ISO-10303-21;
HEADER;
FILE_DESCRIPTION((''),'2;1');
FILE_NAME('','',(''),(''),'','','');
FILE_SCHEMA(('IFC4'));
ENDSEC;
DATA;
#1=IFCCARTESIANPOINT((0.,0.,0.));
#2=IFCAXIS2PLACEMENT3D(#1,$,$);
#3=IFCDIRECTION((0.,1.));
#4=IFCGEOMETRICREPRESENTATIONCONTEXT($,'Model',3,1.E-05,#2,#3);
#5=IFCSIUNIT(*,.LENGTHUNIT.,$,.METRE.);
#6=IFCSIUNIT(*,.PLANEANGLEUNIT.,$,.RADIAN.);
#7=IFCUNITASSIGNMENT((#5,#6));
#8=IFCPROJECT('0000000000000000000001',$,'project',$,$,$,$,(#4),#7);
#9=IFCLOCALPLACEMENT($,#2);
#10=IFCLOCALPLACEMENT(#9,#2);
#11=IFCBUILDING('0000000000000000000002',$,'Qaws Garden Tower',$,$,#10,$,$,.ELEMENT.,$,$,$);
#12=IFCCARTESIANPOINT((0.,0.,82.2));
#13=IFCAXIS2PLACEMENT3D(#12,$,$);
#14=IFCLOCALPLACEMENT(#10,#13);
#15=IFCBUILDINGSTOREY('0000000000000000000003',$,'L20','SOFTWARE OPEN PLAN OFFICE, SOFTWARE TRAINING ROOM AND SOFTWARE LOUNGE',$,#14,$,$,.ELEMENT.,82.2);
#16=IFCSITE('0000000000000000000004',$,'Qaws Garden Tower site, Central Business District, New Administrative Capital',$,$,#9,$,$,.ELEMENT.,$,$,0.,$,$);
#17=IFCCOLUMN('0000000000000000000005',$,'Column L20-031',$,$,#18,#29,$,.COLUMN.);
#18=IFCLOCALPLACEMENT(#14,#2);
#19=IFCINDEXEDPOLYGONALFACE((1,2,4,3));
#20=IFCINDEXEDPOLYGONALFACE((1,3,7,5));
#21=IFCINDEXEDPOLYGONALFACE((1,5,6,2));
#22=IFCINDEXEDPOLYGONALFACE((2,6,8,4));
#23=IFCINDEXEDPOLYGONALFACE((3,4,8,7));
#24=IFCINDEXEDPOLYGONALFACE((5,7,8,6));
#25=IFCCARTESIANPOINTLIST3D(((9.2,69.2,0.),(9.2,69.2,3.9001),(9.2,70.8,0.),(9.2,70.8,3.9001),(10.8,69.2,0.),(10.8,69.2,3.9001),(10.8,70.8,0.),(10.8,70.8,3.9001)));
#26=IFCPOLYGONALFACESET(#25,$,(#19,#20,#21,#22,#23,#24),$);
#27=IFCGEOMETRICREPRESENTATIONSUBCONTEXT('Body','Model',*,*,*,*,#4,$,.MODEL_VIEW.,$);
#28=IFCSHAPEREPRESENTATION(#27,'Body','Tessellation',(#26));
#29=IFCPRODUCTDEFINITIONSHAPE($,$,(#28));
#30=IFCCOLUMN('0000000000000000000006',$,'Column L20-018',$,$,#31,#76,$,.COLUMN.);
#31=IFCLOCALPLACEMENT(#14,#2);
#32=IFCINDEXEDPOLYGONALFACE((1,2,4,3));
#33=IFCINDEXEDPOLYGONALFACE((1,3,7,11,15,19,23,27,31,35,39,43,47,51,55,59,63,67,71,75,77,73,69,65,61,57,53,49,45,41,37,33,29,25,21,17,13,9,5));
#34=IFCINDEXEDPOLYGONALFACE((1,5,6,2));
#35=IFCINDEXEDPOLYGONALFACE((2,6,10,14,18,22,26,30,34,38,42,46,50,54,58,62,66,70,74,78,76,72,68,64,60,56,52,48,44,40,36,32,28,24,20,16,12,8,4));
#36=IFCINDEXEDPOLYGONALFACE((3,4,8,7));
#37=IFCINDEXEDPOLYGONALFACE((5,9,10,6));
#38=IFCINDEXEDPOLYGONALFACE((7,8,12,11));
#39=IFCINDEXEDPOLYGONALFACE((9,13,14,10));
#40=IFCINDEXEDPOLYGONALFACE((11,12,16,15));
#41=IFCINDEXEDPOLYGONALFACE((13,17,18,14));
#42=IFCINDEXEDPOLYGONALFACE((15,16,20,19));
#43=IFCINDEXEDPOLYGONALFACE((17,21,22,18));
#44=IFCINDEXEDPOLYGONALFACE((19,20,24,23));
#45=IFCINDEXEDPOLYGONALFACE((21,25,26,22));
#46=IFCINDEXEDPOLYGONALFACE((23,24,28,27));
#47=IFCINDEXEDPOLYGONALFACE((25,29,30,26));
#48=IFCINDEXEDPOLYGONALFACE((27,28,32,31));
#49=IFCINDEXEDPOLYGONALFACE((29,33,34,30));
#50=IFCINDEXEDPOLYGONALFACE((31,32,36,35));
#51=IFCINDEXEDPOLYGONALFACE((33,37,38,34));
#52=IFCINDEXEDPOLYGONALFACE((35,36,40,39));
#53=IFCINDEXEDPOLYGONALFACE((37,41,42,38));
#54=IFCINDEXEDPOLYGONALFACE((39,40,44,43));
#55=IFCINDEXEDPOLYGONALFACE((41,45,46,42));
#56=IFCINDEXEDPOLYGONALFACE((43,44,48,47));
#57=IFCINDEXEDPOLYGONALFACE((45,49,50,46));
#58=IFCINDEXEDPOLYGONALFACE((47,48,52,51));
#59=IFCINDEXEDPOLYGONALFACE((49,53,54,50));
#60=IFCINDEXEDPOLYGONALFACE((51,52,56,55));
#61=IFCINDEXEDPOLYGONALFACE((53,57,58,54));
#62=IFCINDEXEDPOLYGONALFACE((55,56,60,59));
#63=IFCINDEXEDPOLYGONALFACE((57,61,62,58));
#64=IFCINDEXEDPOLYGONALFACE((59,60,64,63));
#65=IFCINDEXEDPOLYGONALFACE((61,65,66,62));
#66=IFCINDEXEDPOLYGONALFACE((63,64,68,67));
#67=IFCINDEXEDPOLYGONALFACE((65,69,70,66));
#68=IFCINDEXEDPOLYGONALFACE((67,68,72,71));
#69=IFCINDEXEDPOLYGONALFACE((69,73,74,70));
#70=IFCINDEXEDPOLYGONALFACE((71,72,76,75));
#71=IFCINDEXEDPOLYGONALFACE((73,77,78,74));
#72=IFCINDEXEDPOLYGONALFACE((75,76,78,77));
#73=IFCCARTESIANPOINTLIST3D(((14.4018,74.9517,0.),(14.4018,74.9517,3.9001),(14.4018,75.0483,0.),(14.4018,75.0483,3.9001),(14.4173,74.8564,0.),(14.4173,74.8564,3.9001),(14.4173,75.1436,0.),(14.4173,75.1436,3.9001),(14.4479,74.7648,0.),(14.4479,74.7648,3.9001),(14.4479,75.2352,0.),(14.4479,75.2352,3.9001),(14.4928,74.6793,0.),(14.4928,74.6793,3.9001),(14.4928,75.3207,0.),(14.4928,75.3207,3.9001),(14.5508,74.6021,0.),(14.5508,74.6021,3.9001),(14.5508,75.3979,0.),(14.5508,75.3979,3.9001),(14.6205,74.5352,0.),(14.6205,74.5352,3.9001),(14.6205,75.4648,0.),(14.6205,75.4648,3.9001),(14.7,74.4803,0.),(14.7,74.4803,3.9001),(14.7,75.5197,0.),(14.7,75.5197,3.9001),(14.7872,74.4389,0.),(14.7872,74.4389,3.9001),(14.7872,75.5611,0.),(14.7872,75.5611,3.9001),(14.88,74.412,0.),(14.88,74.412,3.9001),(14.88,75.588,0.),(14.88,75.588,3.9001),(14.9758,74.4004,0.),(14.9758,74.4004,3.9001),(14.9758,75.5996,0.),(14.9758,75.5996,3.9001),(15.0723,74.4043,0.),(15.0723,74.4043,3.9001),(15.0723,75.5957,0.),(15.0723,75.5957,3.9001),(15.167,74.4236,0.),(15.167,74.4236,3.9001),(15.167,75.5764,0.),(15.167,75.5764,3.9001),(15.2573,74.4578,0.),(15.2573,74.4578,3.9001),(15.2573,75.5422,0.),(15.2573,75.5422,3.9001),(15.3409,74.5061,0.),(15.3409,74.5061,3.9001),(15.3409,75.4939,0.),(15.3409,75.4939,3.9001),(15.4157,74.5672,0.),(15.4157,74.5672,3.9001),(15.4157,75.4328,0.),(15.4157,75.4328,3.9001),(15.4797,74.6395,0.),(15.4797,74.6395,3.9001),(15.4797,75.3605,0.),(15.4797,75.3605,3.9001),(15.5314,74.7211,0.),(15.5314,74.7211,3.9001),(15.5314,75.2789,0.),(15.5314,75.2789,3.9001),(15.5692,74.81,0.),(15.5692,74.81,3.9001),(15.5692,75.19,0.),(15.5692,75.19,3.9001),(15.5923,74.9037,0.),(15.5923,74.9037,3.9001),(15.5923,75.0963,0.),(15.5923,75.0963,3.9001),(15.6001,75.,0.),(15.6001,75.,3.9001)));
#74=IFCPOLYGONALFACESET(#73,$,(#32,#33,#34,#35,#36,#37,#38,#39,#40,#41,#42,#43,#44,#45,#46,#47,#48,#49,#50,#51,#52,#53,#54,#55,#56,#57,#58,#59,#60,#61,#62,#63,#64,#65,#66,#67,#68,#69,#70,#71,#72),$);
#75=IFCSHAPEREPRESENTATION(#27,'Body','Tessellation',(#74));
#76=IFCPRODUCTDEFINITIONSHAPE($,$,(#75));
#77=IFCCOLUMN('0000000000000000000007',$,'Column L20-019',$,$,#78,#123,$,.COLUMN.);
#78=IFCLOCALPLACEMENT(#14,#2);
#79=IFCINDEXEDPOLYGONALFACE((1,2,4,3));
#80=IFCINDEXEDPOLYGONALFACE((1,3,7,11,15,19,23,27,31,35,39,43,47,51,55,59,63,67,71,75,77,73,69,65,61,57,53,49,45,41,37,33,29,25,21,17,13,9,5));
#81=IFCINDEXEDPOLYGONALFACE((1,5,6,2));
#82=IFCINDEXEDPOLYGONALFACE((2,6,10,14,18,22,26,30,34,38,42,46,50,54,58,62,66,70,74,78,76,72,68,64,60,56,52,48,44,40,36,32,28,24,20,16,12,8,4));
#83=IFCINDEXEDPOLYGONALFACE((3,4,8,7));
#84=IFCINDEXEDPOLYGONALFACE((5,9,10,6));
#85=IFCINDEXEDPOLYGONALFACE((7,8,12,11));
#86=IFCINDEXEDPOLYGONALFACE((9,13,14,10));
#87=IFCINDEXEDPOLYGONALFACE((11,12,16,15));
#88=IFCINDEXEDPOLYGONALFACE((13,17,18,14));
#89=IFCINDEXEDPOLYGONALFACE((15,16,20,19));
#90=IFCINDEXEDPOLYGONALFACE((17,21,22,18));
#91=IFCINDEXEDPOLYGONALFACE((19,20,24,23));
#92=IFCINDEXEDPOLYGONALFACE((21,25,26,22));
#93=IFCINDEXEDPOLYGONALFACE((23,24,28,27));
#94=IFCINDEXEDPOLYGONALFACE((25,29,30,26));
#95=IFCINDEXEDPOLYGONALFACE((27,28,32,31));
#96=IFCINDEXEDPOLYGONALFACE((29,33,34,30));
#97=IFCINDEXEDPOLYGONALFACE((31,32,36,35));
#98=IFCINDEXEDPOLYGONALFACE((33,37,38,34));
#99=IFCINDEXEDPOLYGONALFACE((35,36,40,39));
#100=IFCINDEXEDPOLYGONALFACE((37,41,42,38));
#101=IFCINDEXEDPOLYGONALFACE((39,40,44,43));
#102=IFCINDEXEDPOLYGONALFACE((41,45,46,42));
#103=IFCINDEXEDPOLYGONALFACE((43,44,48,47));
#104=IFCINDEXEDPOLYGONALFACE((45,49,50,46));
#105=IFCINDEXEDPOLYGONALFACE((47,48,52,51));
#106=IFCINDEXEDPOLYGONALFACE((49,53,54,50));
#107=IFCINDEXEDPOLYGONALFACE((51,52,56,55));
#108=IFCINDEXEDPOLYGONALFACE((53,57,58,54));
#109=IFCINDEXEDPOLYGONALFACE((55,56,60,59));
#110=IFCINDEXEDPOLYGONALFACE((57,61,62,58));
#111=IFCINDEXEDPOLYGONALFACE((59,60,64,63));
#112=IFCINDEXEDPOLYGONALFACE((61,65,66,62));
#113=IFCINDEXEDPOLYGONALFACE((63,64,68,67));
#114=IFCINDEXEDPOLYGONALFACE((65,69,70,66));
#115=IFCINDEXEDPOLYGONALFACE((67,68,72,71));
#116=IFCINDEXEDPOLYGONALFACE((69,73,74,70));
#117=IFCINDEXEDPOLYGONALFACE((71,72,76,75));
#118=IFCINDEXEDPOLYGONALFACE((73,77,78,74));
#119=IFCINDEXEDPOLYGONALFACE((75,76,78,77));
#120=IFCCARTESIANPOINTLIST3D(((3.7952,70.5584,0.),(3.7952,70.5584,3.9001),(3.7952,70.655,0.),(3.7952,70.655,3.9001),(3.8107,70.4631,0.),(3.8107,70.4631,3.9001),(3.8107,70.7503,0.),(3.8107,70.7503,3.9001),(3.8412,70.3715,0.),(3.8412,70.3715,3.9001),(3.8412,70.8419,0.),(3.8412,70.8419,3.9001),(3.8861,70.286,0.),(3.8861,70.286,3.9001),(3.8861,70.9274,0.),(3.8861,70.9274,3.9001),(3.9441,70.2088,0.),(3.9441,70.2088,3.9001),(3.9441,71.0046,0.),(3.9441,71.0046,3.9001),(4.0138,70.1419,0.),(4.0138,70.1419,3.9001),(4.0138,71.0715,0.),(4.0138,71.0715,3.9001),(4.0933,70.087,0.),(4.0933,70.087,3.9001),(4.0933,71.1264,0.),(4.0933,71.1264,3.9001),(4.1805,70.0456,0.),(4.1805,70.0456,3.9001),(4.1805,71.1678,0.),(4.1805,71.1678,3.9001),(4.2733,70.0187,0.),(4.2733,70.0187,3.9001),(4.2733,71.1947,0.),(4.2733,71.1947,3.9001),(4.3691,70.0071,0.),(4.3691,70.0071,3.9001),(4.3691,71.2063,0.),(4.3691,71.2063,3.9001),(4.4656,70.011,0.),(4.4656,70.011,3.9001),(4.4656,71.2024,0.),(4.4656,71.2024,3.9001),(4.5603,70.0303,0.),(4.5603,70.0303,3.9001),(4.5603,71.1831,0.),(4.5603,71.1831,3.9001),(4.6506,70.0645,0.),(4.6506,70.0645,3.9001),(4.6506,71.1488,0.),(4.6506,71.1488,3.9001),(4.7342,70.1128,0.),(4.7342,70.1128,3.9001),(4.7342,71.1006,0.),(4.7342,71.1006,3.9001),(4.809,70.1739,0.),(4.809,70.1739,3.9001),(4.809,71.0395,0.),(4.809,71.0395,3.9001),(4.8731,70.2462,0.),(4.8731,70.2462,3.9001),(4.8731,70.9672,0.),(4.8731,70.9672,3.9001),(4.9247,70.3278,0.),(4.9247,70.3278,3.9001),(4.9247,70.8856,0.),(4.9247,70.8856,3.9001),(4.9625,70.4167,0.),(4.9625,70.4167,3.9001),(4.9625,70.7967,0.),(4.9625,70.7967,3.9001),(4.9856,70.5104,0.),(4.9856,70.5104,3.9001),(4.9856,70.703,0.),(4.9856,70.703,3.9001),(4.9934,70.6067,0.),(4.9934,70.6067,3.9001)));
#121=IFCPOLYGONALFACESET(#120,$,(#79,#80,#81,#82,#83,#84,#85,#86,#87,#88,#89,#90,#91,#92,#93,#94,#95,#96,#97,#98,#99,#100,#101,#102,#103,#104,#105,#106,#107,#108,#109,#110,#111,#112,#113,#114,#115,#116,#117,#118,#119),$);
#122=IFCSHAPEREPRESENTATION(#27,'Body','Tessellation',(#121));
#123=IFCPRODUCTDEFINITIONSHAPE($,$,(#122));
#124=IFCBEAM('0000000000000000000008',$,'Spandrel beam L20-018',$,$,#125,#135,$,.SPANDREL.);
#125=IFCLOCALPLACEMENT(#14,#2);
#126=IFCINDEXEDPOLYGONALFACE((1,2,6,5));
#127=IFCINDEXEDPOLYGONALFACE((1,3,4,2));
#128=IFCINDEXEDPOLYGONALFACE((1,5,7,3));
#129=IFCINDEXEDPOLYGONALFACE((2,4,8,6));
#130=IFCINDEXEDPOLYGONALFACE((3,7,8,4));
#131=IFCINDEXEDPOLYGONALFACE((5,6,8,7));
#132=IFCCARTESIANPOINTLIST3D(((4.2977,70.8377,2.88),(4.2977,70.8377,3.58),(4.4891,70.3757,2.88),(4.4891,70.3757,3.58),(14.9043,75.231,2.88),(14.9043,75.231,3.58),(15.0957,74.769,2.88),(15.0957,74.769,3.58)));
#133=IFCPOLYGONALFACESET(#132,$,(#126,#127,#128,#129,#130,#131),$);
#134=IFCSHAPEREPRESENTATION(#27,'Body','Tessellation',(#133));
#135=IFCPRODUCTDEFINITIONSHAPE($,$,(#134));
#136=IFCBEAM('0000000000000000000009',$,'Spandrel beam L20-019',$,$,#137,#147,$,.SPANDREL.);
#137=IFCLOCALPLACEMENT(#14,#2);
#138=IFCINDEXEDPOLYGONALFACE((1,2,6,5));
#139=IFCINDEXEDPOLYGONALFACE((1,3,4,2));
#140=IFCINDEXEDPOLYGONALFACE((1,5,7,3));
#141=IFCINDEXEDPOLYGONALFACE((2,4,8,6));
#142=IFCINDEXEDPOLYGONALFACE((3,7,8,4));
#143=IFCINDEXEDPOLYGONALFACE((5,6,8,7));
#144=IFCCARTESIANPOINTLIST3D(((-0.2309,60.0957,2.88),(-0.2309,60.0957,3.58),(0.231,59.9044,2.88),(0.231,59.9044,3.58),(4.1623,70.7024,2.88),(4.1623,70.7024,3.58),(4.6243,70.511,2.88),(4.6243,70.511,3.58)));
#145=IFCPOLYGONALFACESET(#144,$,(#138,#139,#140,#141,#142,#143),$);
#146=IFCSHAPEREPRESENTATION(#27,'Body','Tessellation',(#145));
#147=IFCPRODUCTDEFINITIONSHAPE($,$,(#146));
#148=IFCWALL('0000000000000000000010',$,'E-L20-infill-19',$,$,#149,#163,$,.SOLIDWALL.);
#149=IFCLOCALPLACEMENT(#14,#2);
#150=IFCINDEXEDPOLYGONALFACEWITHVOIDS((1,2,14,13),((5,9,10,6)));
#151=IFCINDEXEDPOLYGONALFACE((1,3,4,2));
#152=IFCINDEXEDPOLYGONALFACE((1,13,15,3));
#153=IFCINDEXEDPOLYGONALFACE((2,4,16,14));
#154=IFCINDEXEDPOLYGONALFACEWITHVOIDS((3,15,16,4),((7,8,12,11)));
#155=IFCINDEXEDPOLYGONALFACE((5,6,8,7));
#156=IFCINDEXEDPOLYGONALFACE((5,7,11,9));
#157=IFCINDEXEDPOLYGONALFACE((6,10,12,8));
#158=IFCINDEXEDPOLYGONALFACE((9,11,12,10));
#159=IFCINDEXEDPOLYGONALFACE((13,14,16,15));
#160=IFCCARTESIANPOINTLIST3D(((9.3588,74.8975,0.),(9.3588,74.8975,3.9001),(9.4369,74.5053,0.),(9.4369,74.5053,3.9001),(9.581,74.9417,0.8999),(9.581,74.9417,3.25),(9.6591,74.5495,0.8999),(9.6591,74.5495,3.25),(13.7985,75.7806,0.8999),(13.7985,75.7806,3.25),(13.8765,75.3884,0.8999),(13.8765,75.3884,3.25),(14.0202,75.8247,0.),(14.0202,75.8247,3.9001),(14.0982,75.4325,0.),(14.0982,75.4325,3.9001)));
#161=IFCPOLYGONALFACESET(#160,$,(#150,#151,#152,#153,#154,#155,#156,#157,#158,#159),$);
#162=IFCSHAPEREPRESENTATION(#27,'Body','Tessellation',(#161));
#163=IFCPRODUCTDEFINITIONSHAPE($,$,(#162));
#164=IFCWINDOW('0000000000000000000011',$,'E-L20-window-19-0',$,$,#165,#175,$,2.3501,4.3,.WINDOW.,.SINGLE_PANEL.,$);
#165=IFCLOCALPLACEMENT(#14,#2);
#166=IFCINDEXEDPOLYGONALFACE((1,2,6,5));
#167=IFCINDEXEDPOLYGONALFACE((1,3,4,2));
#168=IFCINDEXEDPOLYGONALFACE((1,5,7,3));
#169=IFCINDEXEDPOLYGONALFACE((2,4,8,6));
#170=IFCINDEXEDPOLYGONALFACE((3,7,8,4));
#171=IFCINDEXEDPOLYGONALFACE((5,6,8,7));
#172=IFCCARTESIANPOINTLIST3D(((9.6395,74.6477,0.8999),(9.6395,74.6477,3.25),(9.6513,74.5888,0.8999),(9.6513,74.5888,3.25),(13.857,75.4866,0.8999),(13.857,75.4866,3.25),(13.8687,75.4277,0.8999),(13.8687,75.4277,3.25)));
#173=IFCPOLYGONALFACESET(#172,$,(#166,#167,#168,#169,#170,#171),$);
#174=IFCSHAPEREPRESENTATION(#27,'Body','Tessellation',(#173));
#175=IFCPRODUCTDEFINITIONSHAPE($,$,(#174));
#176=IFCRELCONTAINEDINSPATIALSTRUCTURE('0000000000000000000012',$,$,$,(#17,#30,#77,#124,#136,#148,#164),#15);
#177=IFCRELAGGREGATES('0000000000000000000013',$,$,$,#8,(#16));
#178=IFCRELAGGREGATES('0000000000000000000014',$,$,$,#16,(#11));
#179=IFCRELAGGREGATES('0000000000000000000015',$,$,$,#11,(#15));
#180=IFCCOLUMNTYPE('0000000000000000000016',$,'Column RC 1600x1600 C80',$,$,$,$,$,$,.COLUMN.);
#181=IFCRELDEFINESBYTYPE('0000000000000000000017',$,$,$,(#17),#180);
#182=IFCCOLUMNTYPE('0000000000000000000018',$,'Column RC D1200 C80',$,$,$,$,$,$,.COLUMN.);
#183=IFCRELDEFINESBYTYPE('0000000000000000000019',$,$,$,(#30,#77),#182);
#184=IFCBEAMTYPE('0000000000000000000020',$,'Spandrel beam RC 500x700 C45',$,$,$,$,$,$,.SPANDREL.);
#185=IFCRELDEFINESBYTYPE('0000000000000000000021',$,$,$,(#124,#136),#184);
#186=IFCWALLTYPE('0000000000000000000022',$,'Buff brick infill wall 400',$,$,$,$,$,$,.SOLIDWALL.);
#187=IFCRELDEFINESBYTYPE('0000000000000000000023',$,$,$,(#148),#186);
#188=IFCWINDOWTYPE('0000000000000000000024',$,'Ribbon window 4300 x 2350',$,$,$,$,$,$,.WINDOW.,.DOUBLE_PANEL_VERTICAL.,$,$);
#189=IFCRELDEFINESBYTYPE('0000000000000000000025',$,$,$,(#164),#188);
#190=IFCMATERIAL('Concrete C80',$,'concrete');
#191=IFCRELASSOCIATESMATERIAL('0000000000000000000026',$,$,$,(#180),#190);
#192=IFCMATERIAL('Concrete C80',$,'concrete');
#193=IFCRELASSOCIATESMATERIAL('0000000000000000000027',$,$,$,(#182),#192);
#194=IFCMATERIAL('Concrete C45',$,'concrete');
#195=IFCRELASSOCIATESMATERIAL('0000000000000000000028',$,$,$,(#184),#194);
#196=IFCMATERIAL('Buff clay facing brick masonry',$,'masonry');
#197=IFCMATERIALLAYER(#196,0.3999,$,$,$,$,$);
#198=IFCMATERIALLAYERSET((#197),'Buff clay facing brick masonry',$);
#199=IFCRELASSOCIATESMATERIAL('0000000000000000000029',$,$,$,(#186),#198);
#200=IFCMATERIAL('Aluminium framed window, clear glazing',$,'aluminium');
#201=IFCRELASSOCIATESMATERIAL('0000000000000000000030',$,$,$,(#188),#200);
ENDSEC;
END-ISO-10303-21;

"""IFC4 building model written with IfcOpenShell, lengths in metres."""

from ifc_helpers import new_model, si_unit, direction, frame, frame_2d, origin, origin_2d, place, context, subcontext, project, spatial, rectangle, circle, extrude, material, layer, layer_set, material_profile, profile_set, type_object, element, fill, save


model = new_model("IFC4")

# Units and contexts
model_context = context("Model", 3, precision=1e-05, world=origin(), true_north=direction((0.0, 1.0)))
body_context = subcontext(model_context, "Body", "Model", "MODEL_VIEW")
ifc_project = project(units=[si_unit("LENGTHUNIT", "METRE"), si_unit("PLANEANGLEUNIT", "RADIAN")], contexts=[model_context])

# Site, building, storey
site_placement = place(None, origin())
site = spatial("IfcSite", under=ifc_project, at=site_placement, Name="Qaws Garden Tower site, Central Business District, New Administrative Capital", CompositionType="ELEMENT", RefElevation=0.0)
building_placement = place(site_placement, origin())
building = spatial("IfcBuilding", under=site, at=building_placement, Name="Qaws Garden Tower", CompositionType="ELEMENT")
storey_placement = place(building_placement, frame((0.0, 0.0, 82.2)))
storey = spatial("IfcBuildingStorey", under=building, at=storey_placement, Name="L20", Description="SOFTWARE OPEN PLAN OFFICE, SOFTWARE TRAINING ROOM AND SOFTWARE LOUNGE", CompositionType="ELEMENT", Elevation=82.2)

# Columns
ifc_material_1 = material(Name="Concrete C80", Category="concrete")
ifc_material_profile_1 = material_profile(ifc_material_1, rectangle(XDim=1.6001, YDim=1.6001, at=origin_2d()), Name="RC 1600x1600")
ifc_profile_set_1 = profile_set([ifc_material_profile_1], Name="Concrete C80")
column_type_1 = type_object("IfcColumnType", Name="Column RC 1600x1600 C80", PredefinedType="COLUMN", material=ifc_profile_set_1)
column_placement = place(storey_placement, frame((10.0, 70.0, 0.0), z_axis=(0.0, 0.0, 1.0), x_axis=(1.0, 0.0, 0.0)))
element("IfcColumn", 1, at=column_placement, inside=storey, type_object=column_type_1, Name="Column L20-031", PredefinedType="COLUMN", context=body_context, shape_type="SweptSolid", body=[
    extrude(rectangle(XDim=1.6001, YDim=1.6001, at=origin_2d()), origin(), (0.0, 0.0, 1.0), 3.9001),
])
ifc_material_2 = material(Name="Concrete C80", Category="concrete")
ifc_material_profile_2 = material_profile(ifc_material_2, circle(Radius=0.6001, at=origin_2d()), Name="RC D1200")
ifc_profile_set_2 = profile_set([ifc_material_profile_2], Name="Concrete C80")
column_type_2 = type_object("IfcColumnType", Name="Column RC D1200 C80", PredefinedType="COLUMN", material=ifc_profile_set_2)
for number, where, z_axis, x_axis, name in (
    (2, (15.0, 75.0, 0.0), (0.0, 0.0, 1.0), (1.0, 0.0, 0.0), "Column L20-018"),
    (3, (4.3933, 70.6067, 0.0), (0.0, 0.0, 1.0), (1.0, 0.0, 0.0), "Column L20-019"),
):
    element("IfcColumn", number, at=place(storey_placement, frame(where, z_axis=z_axis, x_axis=x_axis)), inside=storey, type_object=column_type_2, Name=name, PredefinedType="COLUMN", context=body_context, shape_type="SweptSolid", body=[
        extrude(circle(Radius=0.6001, at=origin_2d()), origin(), (0.0, 0.0, 1.0), 3.9001),
    ])

# Beams
ifc_material_3 = material(Name="Concrete C45", Category="concrete")
ifc_material_profile_3 = material_profile(ifc_material_3, rectangle(XDim=0.5, YDim=0.7, at=origin_2d()), Name="RC 500x700")
ifc_profile_set_3 = profile_set([ifc_material_profile_3], Name="Concrete C45")
beam_type = type_object("IfcBeamType", Name="Spandrel beam RC 500x700 C45", PredefinedType="SPANDREL", material=ifc_profile_set_3)
for number, where, z_axis, x_axis, name in (
    (4, (15.0, 75.0, 3.23), (-0.923883, -0.382674, 0.0), (0.382674, -0.923883, 0.0), "Spandrel beam L20-018"),
    (5, (4.3933, 70.6067, 3.23), (-0.382674, -0.923883, 0.0), (0.923883, -0.382674, 0.0), "Spandrel beam L20-019"),
):
    element("IfcBeam", number, at=place(storey_placement, frame(where, z_axis=z_axis, x_axis=x_axis)), inside=storey, type_object=beam_type, Name=name, PredefinedType="SPANDREL", context=body_context, shape_type="SweptSolid", body=[
        extrude(rectangle(XDim=0.5, YDim=0.7, at=origin_2d()), origin(), (0.0, 0.0, 1.0), 11.4805),
    ])

# Wall, opening, window
ifc_material_4 = material(Name="Buff clay facing brick masonry", Category="masonry")
ifc_layer_1 = layer(ifc_material_4, 0.3999)
ifc_layer_set_1 = layer_set([ifc_layer_1], Name="Buff clay facing brick masonry")
wall_type_1 = type_object("IfcWallType", Name="Buff brick infill wall 400", PredefinedType="SOLIDWALL", material=ifc_layer_set_1)
wall_1_placement = place(storey_placement, frame((14.0593, 75.6287, 0.0), z_axis=(0.0, 0.0, 1.0), x_axis=(-0.980784, -0.195099, 0.0)))
wall_1 = element("IfcWall", 6, at=wall_1_placement, inside=storey, type_object=wall_type_1, Name="E-L20-infill-19", PredefinedType="SOLIDWALL", context=body_context, shape_type="SweptSolid", body=[
    extrude(rectangle(XDim=4.7527, YDim=0.3999, at=frame_2d((2.3765, 0.0))), origin(), (0.0, 0.0, 1.0), 3.9001),
])
opening_1_placement = place(wall_1_placement, frame((0.2263, 0.0, 0.8999)))
opening_1 = element("IfcOpeningElement", 7, at=opening_1_placement, cuts=wall_1, PredefinedType="OPENING", context=body_context, shape_type="SweptSolid", body=[
    extrude(rectangle(XDim=4.3, YDim=2.3501, at=frame_2d((2.1499, 1.175))), frame((0.0, 0.21, 0.0), z_axis=(0.0, -1.0, 0.0), x_axis=(1.0, 0.0, 0.0)), (0.0, 0.0, 1.0), 0.4199),
])
ifc_material_5 = material(Name="Aluminium framed window, clear glazing", Category="aluminium")
window_type = type_object("IfcWindowType", Name="Ribbon window 4300 x 2350", PartitioningType="DOUBLE_PANEL_VERTICAL", PredefinedType="WINDOW", material=ifc_material_5)
window_1_placement = place(opening_1_placement, origin())
window_1 = element("IfcWindow", 8, at=window_1_placement, inside=storey, type_object=window_type, Name="E-L20-window-19-0", OverallHeight=2.3501, OverallWidth=4.3, PartitioningType="SINGLE_PANEL", PredefinedType="WINDOW", context=body_context, shape_type="SweptSolid", body=[
    extrude(rectangle(XDim=4.3, YDim=2.3501, at=frame_2d((2.1499, 1.175))), frame((0.0, 0.1599, 0.0), z_axis=(0.0, -1.0, 0.0), x_axis=(1.0, 0.0, 0.0)), (0.0, 0.0, 1.0), 0.0601),
])
fill(opening_1, window_1)

save(model, "model.ifc")
